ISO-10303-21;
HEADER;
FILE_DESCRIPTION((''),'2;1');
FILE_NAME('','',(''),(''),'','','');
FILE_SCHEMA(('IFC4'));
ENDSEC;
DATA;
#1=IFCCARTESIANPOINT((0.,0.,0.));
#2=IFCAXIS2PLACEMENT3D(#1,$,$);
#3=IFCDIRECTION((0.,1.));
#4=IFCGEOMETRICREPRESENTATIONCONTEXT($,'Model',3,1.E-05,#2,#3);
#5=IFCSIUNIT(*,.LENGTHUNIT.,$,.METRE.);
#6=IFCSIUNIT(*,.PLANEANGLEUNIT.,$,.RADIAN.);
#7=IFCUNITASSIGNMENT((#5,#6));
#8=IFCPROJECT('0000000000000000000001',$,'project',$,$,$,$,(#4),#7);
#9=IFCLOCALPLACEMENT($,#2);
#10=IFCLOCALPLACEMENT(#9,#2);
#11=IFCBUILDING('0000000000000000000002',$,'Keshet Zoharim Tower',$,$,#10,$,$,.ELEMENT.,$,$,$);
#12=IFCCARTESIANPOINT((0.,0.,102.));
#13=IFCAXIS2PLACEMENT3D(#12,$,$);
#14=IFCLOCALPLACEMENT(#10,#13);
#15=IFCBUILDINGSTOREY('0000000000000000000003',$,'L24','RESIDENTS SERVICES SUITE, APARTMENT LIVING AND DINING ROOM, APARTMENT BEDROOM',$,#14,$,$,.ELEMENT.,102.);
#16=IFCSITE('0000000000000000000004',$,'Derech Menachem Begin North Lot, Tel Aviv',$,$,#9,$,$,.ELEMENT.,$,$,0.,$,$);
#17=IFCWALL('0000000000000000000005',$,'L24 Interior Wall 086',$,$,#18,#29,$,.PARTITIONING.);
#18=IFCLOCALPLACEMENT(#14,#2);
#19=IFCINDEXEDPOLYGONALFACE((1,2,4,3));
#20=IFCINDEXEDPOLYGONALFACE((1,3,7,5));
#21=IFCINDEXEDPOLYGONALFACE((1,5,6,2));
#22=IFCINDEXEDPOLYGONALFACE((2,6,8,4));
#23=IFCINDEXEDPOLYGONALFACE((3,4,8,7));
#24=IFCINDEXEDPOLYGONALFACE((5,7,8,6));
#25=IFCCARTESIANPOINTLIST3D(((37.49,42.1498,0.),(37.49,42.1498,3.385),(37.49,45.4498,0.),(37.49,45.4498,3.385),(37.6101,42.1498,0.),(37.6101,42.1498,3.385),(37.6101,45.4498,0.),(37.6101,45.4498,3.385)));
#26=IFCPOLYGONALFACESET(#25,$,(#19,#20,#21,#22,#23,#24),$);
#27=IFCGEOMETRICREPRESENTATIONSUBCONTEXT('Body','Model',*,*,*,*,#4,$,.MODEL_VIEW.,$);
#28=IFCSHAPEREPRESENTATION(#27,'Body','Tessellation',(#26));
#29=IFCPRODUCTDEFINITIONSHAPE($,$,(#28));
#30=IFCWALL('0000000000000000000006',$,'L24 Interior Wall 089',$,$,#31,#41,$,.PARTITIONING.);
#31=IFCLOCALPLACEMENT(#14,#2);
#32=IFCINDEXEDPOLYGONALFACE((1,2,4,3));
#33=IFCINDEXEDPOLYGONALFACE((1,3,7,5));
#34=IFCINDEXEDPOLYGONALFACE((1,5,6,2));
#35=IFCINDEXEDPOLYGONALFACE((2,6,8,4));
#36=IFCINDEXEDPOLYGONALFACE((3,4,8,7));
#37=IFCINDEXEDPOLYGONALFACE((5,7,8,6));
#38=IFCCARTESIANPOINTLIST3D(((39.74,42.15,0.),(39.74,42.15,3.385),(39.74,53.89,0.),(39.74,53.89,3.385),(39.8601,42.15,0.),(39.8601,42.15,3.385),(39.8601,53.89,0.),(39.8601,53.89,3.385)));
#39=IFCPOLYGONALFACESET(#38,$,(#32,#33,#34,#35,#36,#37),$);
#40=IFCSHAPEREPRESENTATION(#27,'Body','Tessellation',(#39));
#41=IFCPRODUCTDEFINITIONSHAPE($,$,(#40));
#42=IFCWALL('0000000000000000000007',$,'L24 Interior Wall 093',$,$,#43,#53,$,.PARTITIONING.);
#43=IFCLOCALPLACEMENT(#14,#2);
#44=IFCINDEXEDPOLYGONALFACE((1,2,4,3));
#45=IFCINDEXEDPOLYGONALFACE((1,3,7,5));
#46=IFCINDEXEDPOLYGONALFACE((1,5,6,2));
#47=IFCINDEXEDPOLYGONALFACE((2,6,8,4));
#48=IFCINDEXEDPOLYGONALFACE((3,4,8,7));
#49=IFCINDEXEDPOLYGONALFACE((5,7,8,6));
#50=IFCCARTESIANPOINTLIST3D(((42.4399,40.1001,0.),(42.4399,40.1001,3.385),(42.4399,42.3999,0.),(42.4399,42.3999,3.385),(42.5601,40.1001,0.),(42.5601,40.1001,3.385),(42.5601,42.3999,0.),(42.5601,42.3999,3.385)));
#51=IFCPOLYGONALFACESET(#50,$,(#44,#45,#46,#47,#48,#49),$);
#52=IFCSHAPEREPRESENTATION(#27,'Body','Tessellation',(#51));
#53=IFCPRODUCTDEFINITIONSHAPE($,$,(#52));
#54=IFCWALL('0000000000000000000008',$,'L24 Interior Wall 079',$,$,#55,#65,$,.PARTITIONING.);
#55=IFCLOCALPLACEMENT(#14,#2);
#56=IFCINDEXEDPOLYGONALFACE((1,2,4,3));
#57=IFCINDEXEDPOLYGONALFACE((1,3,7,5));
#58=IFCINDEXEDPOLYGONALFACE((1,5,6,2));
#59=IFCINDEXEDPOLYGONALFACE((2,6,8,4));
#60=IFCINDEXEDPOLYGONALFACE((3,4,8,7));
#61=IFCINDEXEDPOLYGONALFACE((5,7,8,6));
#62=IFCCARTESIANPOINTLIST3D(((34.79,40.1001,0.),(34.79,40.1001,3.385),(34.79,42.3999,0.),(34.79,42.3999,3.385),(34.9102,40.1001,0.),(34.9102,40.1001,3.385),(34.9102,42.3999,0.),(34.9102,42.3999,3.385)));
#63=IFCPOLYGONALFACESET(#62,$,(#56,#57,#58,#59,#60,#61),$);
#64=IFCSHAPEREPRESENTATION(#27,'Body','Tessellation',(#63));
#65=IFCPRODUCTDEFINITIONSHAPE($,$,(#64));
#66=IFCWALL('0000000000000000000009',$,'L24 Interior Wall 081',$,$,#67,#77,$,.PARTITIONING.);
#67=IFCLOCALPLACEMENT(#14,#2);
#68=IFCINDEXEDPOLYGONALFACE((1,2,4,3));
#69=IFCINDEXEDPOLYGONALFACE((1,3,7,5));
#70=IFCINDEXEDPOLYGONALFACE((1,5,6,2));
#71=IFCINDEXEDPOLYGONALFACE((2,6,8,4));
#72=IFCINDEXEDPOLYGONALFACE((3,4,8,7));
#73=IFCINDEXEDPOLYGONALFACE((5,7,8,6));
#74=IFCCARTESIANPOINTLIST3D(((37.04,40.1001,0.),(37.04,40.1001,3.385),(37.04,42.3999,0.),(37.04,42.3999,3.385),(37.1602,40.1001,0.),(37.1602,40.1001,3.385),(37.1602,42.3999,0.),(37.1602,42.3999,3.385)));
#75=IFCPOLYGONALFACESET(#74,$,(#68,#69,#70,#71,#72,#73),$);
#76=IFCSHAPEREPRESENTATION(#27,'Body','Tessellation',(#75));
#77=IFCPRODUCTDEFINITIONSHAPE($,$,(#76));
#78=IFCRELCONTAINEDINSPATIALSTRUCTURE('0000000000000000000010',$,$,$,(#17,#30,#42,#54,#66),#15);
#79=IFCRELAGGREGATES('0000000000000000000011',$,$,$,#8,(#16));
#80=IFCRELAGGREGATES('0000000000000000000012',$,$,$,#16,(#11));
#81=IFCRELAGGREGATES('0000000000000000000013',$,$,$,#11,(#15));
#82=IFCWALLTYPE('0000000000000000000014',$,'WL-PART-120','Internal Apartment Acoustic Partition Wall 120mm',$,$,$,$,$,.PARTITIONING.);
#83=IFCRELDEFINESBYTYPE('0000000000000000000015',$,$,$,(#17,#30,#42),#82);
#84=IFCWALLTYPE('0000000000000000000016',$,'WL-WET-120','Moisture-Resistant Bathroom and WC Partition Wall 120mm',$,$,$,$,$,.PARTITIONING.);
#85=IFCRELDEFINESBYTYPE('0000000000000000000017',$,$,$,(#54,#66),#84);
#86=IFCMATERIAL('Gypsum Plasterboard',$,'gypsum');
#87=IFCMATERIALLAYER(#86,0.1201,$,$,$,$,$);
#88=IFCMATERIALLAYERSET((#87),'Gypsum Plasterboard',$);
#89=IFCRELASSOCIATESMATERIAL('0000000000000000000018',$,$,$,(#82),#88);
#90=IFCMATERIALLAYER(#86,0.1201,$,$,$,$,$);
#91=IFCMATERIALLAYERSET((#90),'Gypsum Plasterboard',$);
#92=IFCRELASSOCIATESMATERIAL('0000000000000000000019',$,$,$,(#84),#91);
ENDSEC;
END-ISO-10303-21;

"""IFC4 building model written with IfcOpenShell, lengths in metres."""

from ifc_helpers import new_model, si_unit, direction, frame, frame_2d, origin, place, context, subcontext, project, spatial, rectangle, extrude, material, layer, layer_set, type_object, element, save


model = new_model("IFC4")

# Units and contexts
model_context = context("Model", 3, precision=1e-05, world=origin(), true_north=direction((0.0, 1.0)))
body_context = subcontext(model_context, "Body", "Model", "MODEL_VIEW")
ifc_project = project(units=[si_unit("LENGTHUNIT", "METRE"), si_unit("PLANEANGLEUNIT", "RADIAN")], contexts=[model_context])

# Site, building, storey
site_placement = place(None, origin())
site = spatial("IfcSite", under=ifc_project, at=site_placement, Name="Derech Menachem Begin North Lot, Tel Aviv", CompositionType="ELEMENT", RefElevation=0.0)
building_placement = place(site_placement, origin())
building = spatial("IfcBuilding", under=site, at=building_placement, Name="Keshet Zoharim Tower", CompositionType="ELEMENT")
storey_placement = place(building_placement, frame((0.0, 0.0, 102.0)))
storey = spatial("IfcBuildingStorey", under=building, at=storey_placement, Name="L24", Description="RESIDENTS SERVICES SUITE, APARTMENT LIVING AND DINING ROOM, APARTMENT BEDROOM", CompositionType="ELEMENT", Elevation=102.0)

# Shared definitions
ifc_material_1 = material(Name="Gypsum Plasterboard", Category="gypsum")

# Walls
ifc_layer_1 = layer(ifc_material_1, 0.1201)
ifc_layer_set_1 = layer_set([ifc_layer_1], Name="Gypsum Plasterboard")
wall_type_1 = type_object("IfcWallType", Name="WL-PART-120", Description="Internal Apartment Acoustic Partition Wall 120mm", PredefinedType="PARTITIONING", material=ifc_layer_set_1)
wall_1_placement = place(storey_placement, frame((37.55, 42.1499, 0.0), z_axis=(0.0, 0.0, 1.0), x_axis=(0.0, 1.0, 0.0)))
element("IfcWall", 1, at=wall_1_placement, inside=storey, type_object=wall_type_1, Name="L24 Interior Wall 086", PredefinedType="PARTITIONING", context=body_context, shape_type="SweptSolid", body=[
    extrude(rectangle(XDim=3.3, YDim=0.1201, at=frame_2d((1.6499, 0.0))), origin(), (0.0, 0.0, 1.0), 3.385),
])
wall_2_placement = place(storey_placement, frame((39.8, 42.1499, 0.0), z_axis=(0.0, 0.0, 1.0), x_axis=(0.0, 1.0, 0.0)))
element("IfcWall", 2, at=wall_2_placement, inside=storey, type_object=wall_type_1, Name="L24 Interior Wall 089", PredefinedType="PARTITIONING", context=body_context, shape_type="SweptSolid", body=[
    extrude(rectangle(XDim=11.74, YDim=0.1201, at=frame_2d((5.8701, 0.0))), origin(), (0.0, 0.0, 1.0), 3.385),
])
wall_3_placement = place(storey_placement, frame((42.5, 40.1001, 0.0), z_axis=(0.0, 0.0, 1.0), x_axis=(0.0, 1.0, 0.0)))
element("IfcWall", 3, at=wall_3_placement, inside=storey, type_object=wall_type_1, Name="L24 Interior Wall 093", PredefinedType="PARTITIONING", context=body_context, shape_type="SweptSolid", body=[
    extrude(rectangle(XDim=2.2998, YDim=0.1201, at=frame_2d((1.1499, 0.0))), origin(), (0.0, 0.0, 1.0), 3.385),
])

# Walls
ifc_layer_2 = layer(ifc_material_1, 0.1201)
ifc_layer_set_2 = layer_set([ifc_layer_2], Name="Gypsum Plasterboard")
wall_type_2 = type_object("IfcWallType", Name="WL-WET-120", Description="Moisture-Resistant Bathroom and WC Partition Wall 120mm", PredefinedType="PARTITIONING", material=ifc_layer_set_2)
for number, where, z_axis, x_axis, name in (
    (4, (34.8501, 40.1001, 0.0), (0.0, 0.0, 1.0), (0.0, 1.0, 0.0), "L24 Interior Wall 079"),
    (5, (37.1001, 40.1001, 0.0), (0.0, 0.0, 1.0), (0.0, 1.0, 0.0), "L24 Interior Wall 081"),
):
    element("IfcWall", number, at=place(storey_placement, frame(where, z_axis=z_axis, x_axis=x_axis)), inside=storey, type_object=wall_type_2, Name=name, PredefinedType="PARTITIONING", context=body_context, shape_type="SweptSolid", body=[
        extrude(rectangle(XDim=2.2998, YDim=0.1201, at=frame_2d((1.1499, 0.0))), origin(), (0.0, 0.0, 1.0), 3.385),
    ])

save(model, "model.ifc")
